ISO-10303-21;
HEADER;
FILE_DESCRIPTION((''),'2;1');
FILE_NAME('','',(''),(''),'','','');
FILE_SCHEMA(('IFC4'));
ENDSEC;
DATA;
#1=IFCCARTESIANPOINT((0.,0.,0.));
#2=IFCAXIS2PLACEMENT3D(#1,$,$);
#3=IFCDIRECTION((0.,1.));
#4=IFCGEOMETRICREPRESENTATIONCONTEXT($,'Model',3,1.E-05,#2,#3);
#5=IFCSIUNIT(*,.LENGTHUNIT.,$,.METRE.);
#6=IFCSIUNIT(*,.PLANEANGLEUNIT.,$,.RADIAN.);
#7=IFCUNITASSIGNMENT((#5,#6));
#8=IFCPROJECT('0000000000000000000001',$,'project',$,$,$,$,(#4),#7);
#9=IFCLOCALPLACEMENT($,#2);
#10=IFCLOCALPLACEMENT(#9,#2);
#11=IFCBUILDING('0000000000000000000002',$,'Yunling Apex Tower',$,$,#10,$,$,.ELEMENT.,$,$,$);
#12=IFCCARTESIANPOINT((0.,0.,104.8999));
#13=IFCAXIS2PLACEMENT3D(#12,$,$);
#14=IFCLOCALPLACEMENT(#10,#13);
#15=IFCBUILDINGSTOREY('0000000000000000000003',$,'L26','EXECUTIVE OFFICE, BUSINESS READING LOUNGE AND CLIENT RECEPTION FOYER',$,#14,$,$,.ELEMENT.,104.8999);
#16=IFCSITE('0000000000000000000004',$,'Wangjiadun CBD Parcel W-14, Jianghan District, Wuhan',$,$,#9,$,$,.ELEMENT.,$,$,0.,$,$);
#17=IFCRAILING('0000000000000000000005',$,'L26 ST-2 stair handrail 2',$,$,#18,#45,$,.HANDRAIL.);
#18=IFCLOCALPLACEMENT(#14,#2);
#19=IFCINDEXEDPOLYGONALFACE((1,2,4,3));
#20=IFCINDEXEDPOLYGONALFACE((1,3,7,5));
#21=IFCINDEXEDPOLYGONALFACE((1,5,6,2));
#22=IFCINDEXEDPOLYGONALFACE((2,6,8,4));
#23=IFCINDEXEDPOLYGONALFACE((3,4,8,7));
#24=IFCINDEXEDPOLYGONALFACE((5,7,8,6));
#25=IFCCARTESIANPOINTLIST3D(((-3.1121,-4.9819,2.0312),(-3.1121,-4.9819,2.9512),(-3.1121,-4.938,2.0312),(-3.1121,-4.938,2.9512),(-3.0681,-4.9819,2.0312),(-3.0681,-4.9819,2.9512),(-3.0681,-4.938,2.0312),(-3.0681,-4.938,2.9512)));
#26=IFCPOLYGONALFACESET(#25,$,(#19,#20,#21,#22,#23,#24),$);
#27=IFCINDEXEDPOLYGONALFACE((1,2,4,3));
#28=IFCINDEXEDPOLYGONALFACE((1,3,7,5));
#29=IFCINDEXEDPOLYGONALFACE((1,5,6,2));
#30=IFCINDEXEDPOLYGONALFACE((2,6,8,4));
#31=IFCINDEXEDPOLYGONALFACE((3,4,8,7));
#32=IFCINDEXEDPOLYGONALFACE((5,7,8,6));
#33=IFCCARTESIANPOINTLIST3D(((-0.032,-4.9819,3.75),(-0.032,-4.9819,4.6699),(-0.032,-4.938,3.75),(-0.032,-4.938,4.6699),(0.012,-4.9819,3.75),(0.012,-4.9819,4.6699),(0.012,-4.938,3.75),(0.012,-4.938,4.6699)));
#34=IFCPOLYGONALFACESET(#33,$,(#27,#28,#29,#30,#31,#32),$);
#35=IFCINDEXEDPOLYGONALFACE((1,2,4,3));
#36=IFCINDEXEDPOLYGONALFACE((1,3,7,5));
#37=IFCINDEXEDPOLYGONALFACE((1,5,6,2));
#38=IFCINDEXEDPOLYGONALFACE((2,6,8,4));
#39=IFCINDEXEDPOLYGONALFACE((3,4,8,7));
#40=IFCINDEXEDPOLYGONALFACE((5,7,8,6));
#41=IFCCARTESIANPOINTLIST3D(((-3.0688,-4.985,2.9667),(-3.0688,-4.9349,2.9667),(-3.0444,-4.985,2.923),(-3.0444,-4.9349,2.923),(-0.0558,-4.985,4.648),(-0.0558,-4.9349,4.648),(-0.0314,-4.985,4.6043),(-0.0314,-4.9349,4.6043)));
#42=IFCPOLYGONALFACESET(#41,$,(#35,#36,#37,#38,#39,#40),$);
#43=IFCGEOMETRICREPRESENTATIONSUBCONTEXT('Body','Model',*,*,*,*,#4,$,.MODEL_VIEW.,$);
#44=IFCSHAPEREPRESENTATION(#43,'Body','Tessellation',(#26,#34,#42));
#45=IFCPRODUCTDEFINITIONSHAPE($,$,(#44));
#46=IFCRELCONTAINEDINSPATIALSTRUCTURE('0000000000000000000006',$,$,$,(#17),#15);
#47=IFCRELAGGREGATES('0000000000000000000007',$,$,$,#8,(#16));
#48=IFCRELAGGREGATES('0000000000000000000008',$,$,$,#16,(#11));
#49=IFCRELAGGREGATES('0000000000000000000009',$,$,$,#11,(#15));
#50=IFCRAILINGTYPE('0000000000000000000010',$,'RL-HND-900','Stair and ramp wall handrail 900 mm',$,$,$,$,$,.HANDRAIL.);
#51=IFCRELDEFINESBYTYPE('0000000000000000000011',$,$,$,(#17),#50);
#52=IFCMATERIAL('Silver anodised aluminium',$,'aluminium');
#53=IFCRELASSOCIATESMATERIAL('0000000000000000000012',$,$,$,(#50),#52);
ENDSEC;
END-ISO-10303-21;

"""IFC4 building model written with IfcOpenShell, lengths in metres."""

from ifc_helpers import new_model, si_unit, direction, frame, origin, origin_2d, place, context, subcontext, project, spatial, rectangle, extrude, material, type_object, element, save


model = new_model("IFC4")

# Units and contexts
model_context = context("Model", 3, precision=1e-05, world=origin(), true_north=direction((0.0, 1.0)))
body_context = subcontext(model_context, "Body", "Model", "MODEL_VIEW")
ifc_project = project(units=[si_unit("LENGTHUNIT", "METRE"), si_unit("PLANEANGLEUNIT", "RADIAN")], contexts=[model_context])

# Site, building, storey
site_placement = place(None, origin())
site = spatial("IfcSite", under=ifc_project, at=site_placement, Name="Wangjiadun CBD Parcel W-14, Jianghan District, Wuhan", CompositionType="ELEMENT", RefElevation=0.0)
building_placement = place(site_placement, origin())
building = spatial("IfcBuilding", under=site, at=building_placement, Name="Yunling Apex Tower", CompositionType="ELEMENT")
storey_placement = place(building_placement, frame((0.0, 0.0, 104.8999)))
storey = spatial("IfcBuildingStorey", under=building, at=storey_placement, Name="L26", Description="EXECUTIVE OFFICE, BUSINESS READING LOUNGE AND CLIENT RECEPTION FOYER", CompositionType="ELEMENT", Elevation=104.8999)

# Railing
ifc_material_1 = material(Name="Silver anodised aluminium", Category="aluminium")
railing_type_1 = type_object("IfcRailingType", Name="RL-HND-900", Description="Stair and ramp wall handrail 900 mm", PredefinedType="HANDRAIL", material=ifc_material_1)
railing_1_placement = place(storey_placement, frame((-3.0901, -4.96, 2.0312)))
element("IfcRailing", 1, at=railing_1_placement, inside=storey, type_object=railing_type_1, Name="L26 ST-2 stair handrail 2", PredefinedType="HANDRAIL", context=body_context, shape_type="SweptSolid", body=[
    extrude(rectangle(XDim=0.0439, YDim=0.0439, at=origin_2d()), origin(), (0.0, 0.0, 1.0), 0.9199),
    extrude(rectangle(XDim=0.0439, YDim=0.0439, at=origin_2d()), frame((3.0801, 0.0, 1.7188)), (0.0, 0.0, 1.0), 0.9199),
    extrude(rectangle(XDim=0.05, YDim=0.05, at=origin_2d()), frame((0.0334, 0.0, 0.9136), z_axis=(0.873242, 0.0, 0.487288), x_axis=(0.0, 1.0, 0.0)), (0.0, 0.0, 1.0), 3.4504),
])

save(model, "model.ifc")
